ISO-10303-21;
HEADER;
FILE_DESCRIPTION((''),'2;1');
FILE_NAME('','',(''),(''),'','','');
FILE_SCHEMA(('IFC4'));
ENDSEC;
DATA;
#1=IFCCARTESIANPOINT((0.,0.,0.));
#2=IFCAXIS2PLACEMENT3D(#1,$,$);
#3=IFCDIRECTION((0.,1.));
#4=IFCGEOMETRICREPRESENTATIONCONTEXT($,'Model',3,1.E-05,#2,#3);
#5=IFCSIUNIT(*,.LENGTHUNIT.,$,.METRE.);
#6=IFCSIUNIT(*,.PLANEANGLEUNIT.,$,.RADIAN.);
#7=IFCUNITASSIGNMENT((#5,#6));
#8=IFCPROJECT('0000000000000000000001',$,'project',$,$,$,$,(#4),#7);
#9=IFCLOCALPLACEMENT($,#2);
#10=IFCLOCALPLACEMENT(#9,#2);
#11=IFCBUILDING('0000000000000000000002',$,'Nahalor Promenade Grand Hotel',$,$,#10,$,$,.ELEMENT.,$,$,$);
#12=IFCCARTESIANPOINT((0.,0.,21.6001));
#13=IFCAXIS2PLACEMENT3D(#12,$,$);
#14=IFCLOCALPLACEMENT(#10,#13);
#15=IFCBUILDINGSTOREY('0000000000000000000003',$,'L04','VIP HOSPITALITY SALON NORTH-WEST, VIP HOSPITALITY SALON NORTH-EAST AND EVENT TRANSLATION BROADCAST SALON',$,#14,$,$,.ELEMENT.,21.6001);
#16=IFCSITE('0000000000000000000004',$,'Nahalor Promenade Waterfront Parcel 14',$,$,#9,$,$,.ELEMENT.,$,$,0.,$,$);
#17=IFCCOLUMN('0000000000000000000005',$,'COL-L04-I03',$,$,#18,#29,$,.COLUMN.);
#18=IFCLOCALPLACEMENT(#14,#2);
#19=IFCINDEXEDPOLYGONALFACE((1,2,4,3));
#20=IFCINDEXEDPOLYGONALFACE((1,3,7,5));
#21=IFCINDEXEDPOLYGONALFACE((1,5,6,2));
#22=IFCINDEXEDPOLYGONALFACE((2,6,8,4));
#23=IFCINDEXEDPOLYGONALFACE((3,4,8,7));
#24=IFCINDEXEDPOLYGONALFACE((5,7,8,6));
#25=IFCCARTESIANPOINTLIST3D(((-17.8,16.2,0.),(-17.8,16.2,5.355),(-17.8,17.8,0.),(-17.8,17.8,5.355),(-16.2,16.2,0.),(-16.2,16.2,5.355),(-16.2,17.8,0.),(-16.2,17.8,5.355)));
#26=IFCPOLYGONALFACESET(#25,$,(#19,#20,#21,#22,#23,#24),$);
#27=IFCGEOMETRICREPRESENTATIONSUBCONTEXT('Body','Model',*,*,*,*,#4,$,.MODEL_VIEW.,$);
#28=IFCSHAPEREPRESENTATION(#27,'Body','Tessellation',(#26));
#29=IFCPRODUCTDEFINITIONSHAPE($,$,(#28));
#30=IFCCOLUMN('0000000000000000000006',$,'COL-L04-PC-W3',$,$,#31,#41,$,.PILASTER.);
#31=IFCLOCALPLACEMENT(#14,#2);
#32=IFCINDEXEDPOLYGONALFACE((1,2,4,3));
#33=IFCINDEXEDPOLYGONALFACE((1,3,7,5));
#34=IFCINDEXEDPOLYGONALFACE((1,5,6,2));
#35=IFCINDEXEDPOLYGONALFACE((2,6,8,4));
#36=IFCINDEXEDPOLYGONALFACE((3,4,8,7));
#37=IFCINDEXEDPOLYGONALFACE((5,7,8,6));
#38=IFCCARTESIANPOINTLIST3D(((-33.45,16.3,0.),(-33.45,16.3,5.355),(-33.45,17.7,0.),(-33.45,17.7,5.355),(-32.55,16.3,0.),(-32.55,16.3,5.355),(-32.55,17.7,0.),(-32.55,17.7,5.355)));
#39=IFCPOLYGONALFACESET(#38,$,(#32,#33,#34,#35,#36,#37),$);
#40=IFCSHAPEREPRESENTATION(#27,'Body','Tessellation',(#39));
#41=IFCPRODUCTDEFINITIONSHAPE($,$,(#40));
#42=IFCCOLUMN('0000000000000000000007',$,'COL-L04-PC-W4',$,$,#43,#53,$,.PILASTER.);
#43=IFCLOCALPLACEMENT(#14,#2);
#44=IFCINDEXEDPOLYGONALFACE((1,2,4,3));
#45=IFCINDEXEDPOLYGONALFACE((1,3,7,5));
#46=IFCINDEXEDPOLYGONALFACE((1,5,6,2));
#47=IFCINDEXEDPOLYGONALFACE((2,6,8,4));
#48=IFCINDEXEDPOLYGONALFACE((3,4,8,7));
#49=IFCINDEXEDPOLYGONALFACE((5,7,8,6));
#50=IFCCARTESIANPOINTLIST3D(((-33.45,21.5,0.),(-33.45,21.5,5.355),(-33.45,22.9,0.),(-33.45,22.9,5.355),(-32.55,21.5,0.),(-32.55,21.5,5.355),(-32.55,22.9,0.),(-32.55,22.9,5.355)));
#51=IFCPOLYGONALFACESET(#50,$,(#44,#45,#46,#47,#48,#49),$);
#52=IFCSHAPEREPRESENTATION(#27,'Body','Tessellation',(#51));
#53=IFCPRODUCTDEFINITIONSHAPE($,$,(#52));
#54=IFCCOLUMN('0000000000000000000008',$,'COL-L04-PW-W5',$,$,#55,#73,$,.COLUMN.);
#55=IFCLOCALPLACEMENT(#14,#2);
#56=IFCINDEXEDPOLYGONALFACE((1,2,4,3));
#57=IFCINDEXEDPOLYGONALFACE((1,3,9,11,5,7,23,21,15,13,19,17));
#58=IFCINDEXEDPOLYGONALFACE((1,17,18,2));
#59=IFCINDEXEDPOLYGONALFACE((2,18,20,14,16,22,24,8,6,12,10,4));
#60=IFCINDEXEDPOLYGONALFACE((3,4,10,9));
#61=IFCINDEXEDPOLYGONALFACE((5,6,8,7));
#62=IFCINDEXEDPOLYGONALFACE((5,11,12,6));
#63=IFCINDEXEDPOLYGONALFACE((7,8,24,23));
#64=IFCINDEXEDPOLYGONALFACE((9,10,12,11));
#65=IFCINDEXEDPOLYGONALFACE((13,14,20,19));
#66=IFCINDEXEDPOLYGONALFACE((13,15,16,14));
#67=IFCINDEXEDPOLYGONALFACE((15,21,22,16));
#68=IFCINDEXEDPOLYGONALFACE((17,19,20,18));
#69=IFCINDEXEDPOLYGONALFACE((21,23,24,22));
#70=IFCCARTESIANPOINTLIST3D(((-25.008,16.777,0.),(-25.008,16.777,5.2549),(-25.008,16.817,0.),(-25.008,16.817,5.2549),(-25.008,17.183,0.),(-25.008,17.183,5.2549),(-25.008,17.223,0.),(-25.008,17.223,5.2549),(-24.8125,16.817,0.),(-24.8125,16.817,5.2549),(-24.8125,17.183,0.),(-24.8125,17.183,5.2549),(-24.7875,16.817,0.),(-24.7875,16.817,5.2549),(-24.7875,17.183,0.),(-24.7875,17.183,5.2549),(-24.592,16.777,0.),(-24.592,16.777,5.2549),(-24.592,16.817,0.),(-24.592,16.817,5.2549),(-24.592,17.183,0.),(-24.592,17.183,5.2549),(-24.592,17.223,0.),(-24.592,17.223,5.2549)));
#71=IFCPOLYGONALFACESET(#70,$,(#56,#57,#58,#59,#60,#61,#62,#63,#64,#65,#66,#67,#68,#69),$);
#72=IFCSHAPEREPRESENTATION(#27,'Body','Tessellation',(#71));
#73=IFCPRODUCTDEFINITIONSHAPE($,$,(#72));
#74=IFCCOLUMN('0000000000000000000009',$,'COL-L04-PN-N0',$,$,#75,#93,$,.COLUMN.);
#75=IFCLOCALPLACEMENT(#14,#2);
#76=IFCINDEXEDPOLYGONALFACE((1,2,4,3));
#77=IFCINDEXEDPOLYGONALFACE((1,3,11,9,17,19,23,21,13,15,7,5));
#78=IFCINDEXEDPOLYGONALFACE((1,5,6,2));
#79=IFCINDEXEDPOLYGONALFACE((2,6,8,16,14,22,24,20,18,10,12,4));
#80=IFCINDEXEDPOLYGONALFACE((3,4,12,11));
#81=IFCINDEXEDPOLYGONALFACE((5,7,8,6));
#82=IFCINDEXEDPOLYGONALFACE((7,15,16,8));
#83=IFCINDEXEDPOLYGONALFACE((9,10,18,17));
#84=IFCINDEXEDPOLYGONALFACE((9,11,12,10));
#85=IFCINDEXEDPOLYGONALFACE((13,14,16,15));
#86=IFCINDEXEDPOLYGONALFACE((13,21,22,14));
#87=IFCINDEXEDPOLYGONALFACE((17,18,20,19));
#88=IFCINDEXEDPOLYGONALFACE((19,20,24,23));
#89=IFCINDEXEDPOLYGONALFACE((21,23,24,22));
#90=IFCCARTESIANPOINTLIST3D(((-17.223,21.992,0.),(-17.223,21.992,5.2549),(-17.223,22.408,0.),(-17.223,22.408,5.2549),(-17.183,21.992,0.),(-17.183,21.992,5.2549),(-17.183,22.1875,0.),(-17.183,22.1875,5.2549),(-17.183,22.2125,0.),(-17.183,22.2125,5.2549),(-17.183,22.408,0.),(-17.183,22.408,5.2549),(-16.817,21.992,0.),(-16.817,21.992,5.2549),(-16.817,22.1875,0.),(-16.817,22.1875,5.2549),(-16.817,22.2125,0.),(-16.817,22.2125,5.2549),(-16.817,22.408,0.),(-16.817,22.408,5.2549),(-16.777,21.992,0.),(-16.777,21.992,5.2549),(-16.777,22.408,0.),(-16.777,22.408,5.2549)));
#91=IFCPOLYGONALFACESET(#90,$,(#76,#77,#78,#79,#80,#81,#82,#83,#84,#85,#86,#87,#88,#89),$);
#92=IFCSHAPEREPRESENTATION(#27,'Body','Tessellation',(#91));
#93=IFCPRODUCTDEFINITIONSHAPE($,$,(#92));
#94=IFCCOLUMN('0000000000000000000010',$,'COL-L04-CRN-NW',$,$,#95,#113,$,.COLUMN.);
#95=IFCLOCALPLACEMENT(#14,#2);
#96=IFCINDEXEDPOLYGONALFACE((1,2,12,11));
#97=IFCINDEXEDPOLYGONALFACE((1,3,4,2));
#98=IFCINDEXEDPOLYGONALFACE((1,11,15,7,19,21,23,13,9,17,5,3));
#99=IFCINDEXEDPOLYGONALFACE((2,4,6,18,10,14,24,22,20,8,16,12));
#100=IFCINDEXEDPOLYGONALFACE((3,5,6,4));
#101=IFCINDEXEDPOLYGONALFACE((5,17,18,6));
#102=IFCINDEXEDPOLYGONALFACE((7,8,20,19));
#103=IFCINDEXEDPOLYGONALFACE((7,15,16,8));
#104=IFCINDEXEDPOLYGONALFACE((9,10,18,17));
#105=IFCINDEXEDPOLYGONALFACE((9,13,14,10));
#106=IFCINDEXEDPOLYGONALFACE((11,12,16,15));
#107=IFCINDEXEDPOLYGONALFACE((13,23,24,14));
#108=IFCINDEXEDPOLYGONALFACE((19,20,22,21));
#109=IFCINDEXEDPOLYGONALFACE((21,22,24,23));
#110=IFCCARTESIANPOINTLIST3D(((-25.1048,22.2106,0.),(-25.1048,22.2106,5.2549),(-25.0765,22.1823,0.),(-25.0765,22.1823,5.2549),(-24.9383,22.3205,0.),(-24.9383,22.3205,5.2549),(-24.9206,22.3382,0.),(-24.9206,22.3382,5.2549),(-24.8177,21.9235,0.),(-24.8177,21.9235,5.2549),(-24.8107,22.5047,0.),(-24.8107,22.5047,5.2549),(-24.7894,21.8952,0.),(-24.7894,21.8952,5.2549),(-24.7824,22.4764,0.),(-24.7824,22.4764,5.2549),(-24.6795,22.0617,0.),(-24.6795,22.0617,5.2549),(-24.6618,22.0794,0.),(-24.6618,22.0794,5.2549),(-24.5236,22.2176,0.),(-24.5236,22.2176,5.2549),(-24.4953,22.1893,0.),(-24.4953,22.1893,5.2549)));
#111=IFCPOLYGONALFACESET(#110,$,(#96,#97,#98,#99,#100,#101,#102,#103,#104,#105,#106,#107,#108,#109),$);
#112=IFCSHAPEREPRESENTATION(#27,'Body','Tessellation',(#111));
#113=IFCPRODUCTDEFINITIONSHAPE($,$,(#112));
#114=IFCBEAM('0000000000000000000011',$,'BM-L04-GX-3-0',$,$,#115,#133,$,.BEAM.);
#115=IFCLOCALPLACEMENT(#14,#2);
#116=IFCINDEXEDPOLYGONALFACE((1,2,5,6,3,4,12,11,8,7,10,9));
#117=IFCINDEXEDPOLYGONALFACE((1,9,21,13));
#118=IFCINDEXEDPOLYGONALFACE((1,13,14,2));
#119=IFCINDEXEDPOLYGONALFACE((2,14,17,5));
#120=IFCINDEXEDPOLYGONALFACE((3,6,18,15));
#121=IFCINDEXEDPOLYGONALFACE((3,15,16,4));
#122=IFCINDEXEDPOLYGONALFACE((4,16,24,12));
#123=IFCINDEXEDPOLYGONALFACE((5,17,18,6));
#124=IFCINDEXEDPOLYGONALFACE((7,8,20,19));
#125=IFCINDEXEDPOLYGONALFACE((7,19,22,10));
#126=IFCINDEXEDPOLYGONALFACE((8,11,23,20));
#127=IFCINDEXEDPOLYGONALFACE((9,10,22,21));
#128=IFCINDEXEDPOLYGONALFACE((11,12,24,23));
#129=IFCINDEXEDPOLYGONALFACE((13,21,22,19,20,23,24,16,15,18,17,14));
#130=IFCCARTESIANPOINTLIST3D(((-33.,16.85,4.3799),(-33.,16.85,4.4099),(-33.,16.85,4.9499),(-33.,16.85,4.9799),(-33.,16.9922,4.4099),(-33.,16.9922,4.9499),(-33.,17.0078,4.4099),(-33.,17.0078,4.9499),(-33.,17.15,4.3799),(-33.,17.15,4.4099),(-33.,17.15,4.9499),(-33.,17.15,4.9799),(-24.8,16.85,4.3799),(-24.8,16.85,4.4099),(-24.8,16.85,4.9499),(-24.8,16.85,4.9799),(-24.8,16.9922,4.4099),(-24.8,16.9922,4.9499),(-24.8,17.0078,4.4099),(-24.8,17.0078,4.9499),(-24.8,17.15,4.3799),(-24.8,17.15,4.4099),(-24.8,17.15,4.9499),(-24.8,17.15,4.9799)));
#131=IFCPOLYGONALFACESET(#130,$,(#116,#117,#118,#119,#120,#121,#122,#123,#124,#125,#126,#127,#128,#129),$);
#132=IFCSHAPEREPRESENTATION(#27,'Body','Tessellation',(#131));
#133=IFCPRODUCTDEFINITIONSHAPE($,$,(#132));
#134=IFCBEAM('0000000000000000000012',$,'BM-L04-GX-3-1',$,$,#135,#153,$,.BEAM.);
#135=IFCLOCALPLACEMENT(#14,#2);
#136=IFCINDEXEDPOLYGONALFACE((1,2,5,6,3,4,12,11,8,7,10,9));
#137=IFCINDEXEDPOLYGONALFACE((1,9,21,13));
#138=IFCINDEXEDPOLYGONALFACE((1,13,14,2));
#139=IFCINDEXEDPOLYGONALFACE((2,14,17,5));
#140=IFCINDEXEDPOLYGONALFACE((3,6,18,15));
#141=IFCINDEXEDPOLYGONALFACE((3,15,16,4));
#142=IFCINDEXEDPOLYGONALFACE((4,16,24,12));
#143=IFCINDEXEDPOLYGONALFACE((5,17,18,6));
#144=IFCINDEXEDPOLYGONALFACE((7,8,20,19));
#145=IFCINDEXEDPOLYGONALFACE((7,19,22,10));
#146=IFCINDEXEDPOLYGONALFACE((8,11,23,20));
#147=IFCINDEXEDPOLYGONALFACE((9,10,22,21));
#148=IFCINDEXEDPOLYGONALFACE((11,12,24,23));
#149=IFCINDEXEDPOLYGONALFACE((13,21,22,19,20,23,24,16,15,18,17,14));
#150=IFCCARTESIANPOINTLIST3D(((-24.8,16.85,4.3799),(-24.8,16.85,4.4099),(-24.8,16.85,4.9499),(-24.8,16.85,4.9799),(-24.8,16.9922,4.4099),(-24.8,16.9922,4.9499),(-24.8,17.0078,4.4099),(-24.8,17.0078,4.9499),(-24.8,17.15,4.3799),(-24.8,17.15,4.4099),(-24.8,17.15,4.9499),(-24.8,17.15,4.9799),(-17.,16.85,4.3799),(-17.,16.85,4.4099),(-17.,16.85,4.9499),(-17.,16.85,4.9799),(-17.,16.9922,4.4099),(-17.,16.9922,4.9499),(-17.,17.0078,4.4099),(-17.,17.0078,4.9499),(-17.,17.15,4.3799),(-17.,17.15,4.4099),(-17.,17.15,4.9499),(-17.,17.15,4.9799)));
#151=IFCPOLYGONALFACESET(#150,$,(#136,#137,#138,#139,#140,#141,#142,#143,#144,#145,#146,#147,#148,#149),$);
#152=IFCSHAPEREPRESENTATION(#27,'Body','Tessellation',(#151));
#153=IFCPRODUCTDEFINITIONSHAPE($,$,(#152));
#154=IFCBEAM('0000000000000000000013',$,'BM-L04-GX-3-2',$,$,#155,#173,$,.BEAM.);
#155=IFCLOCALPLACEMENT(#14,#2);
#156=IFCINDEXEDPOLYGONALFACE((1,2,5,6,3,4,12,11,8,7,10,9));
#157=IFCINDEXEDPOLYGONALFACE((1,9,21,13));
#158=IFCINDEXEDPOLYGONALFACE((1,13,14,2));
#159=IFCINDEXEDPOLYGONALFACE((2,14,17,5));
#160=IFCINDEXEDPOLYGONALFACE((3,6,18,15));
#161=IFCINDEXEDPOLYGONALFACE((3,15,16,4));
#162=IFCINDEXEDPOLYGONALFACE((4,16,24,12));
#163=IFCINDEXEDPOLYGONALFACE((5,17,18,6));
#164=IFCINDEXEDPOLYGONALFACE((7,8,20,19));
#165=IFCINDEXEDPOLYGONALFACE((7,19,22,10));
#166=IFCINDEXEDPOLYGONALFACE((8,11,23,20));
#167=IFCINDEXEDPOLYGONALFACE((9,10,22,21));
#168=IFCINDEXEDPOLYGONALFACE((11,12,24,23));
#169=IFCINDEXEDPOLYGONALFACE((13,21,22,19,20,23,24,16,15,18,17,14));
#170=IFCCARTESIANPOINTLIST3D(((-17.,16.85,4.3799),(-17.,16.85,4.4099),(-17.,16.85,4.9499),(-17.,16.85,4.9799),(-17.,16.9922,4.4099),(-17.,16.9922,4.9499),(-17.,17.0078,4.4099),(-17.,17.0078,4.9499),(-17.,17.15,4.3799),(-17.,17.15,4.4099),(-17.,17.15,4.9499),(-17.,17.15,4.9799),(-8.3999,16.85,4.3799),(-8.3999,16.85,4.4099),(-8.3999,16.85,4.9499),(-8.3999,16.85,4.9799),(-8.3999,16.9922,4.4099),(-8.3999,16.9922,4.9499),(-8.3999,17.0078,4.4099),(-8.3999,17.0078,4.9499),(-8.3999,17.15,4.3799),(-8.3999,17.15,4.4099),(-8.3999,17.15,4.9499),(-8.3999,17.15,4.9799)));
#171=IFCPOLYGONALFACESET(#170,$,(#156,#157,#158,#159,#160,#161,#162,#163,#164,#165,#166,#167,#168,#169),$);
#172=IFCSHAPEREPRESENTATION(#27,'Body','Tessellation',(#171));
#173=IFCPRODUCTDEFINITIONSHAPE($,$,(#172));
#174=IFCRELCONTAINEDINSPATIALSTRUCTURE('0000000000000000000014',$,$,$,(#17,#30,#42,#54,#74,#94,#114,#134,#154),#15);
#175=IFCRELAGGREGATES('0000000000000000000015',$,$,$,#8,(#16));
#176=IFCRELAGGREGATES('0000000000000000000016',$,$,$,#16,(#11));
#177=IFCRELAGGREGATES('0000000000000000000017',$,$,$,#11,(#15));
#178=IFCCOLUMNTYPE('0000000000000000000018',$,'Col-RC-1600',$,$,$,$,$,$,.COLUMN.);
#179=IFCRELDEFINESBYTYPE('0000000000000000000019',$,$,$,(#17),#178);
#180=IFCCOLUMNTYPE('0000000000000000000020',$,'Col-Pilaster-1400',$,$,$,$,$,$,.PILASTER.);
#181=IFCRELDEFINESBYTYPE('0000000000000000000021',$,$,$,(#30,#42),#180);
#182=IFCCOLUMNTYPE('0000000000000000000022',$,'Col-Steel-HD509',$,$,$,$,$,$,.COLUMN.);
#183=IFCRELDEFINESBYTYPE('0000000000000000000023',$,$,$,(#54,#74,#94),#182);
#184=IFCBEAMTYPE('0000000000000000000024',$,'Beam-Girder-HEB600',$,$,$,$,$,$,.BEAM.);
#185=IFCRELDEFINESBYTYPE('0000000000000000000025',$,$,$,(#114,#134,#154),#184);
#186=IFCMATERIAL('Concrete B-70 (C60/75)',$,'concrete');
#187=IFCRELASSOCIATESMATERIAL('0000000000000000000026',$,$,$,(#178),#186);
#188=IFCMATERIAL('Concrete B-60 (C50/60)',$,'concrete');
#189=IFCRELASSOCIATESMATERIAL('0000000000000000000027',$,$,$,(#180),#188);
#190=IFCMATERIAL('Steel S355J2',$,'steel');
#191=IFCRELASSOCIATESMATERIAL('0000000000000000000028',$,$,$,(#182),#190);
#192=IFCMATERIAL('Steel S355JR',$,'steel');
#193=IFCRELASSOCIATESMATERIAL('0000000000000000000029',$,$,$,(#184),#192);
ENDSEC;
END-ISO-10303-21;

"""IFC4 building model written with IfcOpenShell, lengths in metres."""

from ifc_helpers import new_model, si_unit, direction, frame, origin, origin_2d, place, context, subcontext, project, spatial, rectangle, i_section, extrude, source, transform, mapped, material, material_profile, profile_set, type_object, element, save


model = new_model("IFC4")

# Units and contexts
model_context = context("Model", 3, precision=1e-05, world=origin(), true_north=direction((0.0, 1.0)))
body_context = subcontext(model_context, "Body", "Model", "MODEL_VIEW")
ifc_project = project(units=[si_unit("LENGTHUNIT", "METRE"), si_unit("PLANEANGLEUNIT", "RADIAN")], contexts=[model_context])

# Site, building, storey
site_placement = place(None, origin())
site = spatial("IfcSite", under=ifc_project, at=site_placement, Name="Nahalor Promenade Waterfront Parcel 14", CompositionType="ELEMENT", RefElevation=0.0)
building_placement = place(site_placement, origin())
building = spatial("IfcBuilding", under=site, at=building_placement, Name="Nahalor Promenade Grand Hotel", CompositionType="ELEMENT")
storey_placement = place(building_placement, frame((0.0, 0.0, 21.6001)))
storey = spatial("IfcBuildingStorey", under=building, at=storey_placement, Name="L04", Description="VIP HOSPITALITY SALON NORTH-WEST, VIP HOSPITALITY SALON NORTH-EAST AND EVENT TRANSLATION BROADCAST SALON", CompositionType="ELEMENT", Elevation=21.6001)

# Columns
ifc_material_1 = material(Name="Concrete B-70 (C60/75)", Category="concrete")
ifc_material_profile_1 = material_profile(ifc_material_1, rectangle(XDim=1.6, YDim=1.6, at=origin_2d()), Name="RC 1600x1600")
ifc_profile_set_1 = profile_set([ifc_material_profile_1], Name="Concrete B-70 (C60/75)")
column_type_1 = type_object("IfcColumnType", Name="Col-RC-1600", PredefinedType="COLUMN", material=ifc_profile_set_1)
shared_shape_1 = source(origin(), body_context, "Body", "SweptSolid", [
    extrude(rectangle(XDim=1.6, YDim=1.6, at=origin_2d()), origin(), (0.0, 0.0, 1.0), 5.355),
])
column_placement = place(storey_placement, frame((-17.0, 17.0, 0.0), z_axis=(0.0, 0.0, 1.0), x_axis=(1.0, 0.0, 0.0)))
element("IfcColumn", 1, at=column_placement, inside=storey, type_object=column_type_1, Name="COL-L04-I03", PredefinedType="COLUMN", context=body_context, shape_type="MappedRepresentation", body=[
    mapped(shared_shape_1, transform((0.0, 0.0, 0.0), scale=1.0)),
])
ifc_material_2 = material(Name="Concrete B-60 (C50/60)", Category="concrete")
ifc_material_profile_2 = material_profile(ifc_material_2, rectangle(XDim=0.9, YDim=1.4, at=origin_2d()), Name="RC 900x1400")
ifc_profile_set_2 = profile_set([ifc_material_profile_2], Name="Concrete B-60 (C50/60)")
column_type_2 = type_object("IfcColumnType", Name="Col-Pilaster-1400", PredefinedType="PILASTER", material=ifc_profile_set_2)
shared_shape_2 = source(origin(), body_context, "Body", "SweptSolid", [
    extrude(rectangle(XDim=0.9, YDim=1.4, at=origin_2d()), origin(), (0.0, 0.0, 1.0), 5.355),
])
for number, where, z_axis, x_axis, name in (
    (2, (-33.0, 17.0, 0.0), (0.0, 0.0, 1.0), (1.0, 0.0, 0.0), "COL-L04-PC-W3"),
    (3, (-33.0, 22.2, 0.0), (0.0, 0.0, 1.0), (1.0, 0.0, 0.0), "COL-L04-PC-W4"),
):
    element("IfcColumn", number, at=place(storey_placement, frame(where, z_axis=z_axis, x_axis=x_axis)), inside=storey, type_object=column_type_2, Name=name, PredefinedType="PILASTER", context=body_context, shape_type="MappedRepresentation", body=[
        mapped(shared_shape_2, transform((0.0, 0.0, 0.0), scale=1.0)),
    ])
ifc_material_3 = material(Name="Steel S355J2", Category="steel")
ifc_material_profile_3 = material_profile(ifc_material_3, i_section(OverallWidth=0.416, OverallDepth=0.446, WebThickness=0.025, FlangeThickness=0.04, at=origin_2d()), Name="HD 400x509")
ifc_profile_set_3 = profile_set([ifc_material_profile_3], Name="Steel S355J2")
column_type_3 = type_object("IfcColumnType", Name="Col-Steel-HD509", PredefinedType="COLUMN", material=ifc_profile_set_3)
shared_shape_3 = source(origin(), body_context, "Body", "SweptSolid", [
    extrude(i_section(OverallWidth=0.416, OverallDepth=0.446, WebThickness=0.025, FlangeThickness=0.04, at=origin_2d()), origin(), (0.0, 0.0, 1.0), 5.2549),
])
for number, where, z_axis, x_axis, name in (
    (4, (-24.8, 17.0, 0.0), (0.0, 0.0, 1.0), (1.0, 0.0, 0.0), "COL-L04-PW-W5"),
    (5, (-17.0, 22.2, 0.0), (0.0, 0.0, 1.0), (0.0, 1.0, 0.0), "COL-L04-PN-N0"),
    (6, (-24.8, 22.2, 0.0), (0.0, 0.0, 1.0), (0.707107, 0.707107, 0.0), "COL-L04-CRN-NW"),
):
    element("IfcColumn", number, at=place(storey_placement, frame(where, z_axis=z_axis, x_axis=x_axis)), inside=storey, type_object=column_type_3, Name=name, PredefinedType="COLUMN", context=body_context, shape_type="MappedRepresentation", body=[
        mapped(shared_shape_3, transform((0.0, 0.0, 0.0), scale=1.0)),
    ])

# Beams
ifc_material_4 = material(Name="Steel S355JR", Category="steel")
ifc_material_profile_4 = material_profile(ifc_material_4, i_section(OverallWidth=0.3, OverallDepth=0.6, WebThickness=0.0155, FlangeThickness=0.03, at=origin_2d()), Name="HEB 600")
ifc_profile_set_4 = profile_set([ifc_material_profile_4], Name="Steel S355JR")
beam_type_1 = type_object("IfcBeamType", Name="Beam-Girder-HEB600", PredefinedType="BEAM", material=ifc_profile_set_4)
shared_shape_4 = source(origin(), body_context, "Body", "SweptSolid", [
    extrude(i_section(OverallWidth=0.3, OverallDepth=0.6, WebThickness=0.0155, FlangeThickness=0.03, at=origin_2d()), origin(), (0.0, 0.0, 1.0), 8.2),
])
beam_1_placement = place(storey_placement, frame((-33.0, 17.0, 4.6799), z_axis=(1.0, 0.0, 0.0), x_axis=(0.0, 1.0, 0.0)))
element("IfcBeam", 7, at=beam_1_placement, inside=storey, type_object=beam_type_1, Name="BM-L04-GX-3-0", PredefinedType="BEAM", context=body_context, shape_type="MappedRepresentation", body=[
    mapped(shared_shape_4, transform((0.0, 0.0, 0.0), scale=1.0)),
])
shared_shape_5 = source(origin(), body_context, "Body", "SweptSolid", [
    extrude(i_section(OverallWidth=0.3, OverallDepth=0.6, WebThickness=0.0155, FlangeThickness=0.03, at=origin_2d()), origin(), (0.0, 0.0, 1.0), 7.8),
])
beam_2_placement = place(storey_placement, frame((-24.8, 17.0, 4.6799), z_axis=(1.0, 0.0, 0.0), x_axis=(0.0, 1.0, 0.0)))
element("IfcBeam", 8, at=beam_2_placement, inside=storey, type_object=beam_type_1, Name="BM-L04-GX-3-1", PredefinedType="BEAM", context=body_context, shape_type="MappedRepresentation", body=[
    mapped(shared_shape_5, transform((0.0, 0.0, 0.0), scale=1.0)),
])
shared_shape_6 = source(origin(), body_context, "Body", "SweptSolid", [
    extrude(i_section(OverallWidth=0.3, OverallDepth=0.6, WebThickness=0.0155, FlangeThickness=0.03, at=origin_2d()), origin(), (0.0, 0.0, 1.0), 8.6001),
])
beam_3_placement = place(storey_placement, frame((-17.0, 17.0, 4.6799), z_axis=(1.0, 0.0, 0.0), x_axis=(0.0, 1.0, 0.0)))
element("IfcBeam", 9, at=beam_3_placement, inside=storey, type_object=beam_type_1, Name="BM-L04-GX-3-2", PredefinedType="BEAM", context=body_context, shape_type="MappedRepresentation", body=[
    mapped(shared_shape_6, transform((0.0, 0.0, 0.0), scale=1.0)),
])

save(model, "model.ifc")
